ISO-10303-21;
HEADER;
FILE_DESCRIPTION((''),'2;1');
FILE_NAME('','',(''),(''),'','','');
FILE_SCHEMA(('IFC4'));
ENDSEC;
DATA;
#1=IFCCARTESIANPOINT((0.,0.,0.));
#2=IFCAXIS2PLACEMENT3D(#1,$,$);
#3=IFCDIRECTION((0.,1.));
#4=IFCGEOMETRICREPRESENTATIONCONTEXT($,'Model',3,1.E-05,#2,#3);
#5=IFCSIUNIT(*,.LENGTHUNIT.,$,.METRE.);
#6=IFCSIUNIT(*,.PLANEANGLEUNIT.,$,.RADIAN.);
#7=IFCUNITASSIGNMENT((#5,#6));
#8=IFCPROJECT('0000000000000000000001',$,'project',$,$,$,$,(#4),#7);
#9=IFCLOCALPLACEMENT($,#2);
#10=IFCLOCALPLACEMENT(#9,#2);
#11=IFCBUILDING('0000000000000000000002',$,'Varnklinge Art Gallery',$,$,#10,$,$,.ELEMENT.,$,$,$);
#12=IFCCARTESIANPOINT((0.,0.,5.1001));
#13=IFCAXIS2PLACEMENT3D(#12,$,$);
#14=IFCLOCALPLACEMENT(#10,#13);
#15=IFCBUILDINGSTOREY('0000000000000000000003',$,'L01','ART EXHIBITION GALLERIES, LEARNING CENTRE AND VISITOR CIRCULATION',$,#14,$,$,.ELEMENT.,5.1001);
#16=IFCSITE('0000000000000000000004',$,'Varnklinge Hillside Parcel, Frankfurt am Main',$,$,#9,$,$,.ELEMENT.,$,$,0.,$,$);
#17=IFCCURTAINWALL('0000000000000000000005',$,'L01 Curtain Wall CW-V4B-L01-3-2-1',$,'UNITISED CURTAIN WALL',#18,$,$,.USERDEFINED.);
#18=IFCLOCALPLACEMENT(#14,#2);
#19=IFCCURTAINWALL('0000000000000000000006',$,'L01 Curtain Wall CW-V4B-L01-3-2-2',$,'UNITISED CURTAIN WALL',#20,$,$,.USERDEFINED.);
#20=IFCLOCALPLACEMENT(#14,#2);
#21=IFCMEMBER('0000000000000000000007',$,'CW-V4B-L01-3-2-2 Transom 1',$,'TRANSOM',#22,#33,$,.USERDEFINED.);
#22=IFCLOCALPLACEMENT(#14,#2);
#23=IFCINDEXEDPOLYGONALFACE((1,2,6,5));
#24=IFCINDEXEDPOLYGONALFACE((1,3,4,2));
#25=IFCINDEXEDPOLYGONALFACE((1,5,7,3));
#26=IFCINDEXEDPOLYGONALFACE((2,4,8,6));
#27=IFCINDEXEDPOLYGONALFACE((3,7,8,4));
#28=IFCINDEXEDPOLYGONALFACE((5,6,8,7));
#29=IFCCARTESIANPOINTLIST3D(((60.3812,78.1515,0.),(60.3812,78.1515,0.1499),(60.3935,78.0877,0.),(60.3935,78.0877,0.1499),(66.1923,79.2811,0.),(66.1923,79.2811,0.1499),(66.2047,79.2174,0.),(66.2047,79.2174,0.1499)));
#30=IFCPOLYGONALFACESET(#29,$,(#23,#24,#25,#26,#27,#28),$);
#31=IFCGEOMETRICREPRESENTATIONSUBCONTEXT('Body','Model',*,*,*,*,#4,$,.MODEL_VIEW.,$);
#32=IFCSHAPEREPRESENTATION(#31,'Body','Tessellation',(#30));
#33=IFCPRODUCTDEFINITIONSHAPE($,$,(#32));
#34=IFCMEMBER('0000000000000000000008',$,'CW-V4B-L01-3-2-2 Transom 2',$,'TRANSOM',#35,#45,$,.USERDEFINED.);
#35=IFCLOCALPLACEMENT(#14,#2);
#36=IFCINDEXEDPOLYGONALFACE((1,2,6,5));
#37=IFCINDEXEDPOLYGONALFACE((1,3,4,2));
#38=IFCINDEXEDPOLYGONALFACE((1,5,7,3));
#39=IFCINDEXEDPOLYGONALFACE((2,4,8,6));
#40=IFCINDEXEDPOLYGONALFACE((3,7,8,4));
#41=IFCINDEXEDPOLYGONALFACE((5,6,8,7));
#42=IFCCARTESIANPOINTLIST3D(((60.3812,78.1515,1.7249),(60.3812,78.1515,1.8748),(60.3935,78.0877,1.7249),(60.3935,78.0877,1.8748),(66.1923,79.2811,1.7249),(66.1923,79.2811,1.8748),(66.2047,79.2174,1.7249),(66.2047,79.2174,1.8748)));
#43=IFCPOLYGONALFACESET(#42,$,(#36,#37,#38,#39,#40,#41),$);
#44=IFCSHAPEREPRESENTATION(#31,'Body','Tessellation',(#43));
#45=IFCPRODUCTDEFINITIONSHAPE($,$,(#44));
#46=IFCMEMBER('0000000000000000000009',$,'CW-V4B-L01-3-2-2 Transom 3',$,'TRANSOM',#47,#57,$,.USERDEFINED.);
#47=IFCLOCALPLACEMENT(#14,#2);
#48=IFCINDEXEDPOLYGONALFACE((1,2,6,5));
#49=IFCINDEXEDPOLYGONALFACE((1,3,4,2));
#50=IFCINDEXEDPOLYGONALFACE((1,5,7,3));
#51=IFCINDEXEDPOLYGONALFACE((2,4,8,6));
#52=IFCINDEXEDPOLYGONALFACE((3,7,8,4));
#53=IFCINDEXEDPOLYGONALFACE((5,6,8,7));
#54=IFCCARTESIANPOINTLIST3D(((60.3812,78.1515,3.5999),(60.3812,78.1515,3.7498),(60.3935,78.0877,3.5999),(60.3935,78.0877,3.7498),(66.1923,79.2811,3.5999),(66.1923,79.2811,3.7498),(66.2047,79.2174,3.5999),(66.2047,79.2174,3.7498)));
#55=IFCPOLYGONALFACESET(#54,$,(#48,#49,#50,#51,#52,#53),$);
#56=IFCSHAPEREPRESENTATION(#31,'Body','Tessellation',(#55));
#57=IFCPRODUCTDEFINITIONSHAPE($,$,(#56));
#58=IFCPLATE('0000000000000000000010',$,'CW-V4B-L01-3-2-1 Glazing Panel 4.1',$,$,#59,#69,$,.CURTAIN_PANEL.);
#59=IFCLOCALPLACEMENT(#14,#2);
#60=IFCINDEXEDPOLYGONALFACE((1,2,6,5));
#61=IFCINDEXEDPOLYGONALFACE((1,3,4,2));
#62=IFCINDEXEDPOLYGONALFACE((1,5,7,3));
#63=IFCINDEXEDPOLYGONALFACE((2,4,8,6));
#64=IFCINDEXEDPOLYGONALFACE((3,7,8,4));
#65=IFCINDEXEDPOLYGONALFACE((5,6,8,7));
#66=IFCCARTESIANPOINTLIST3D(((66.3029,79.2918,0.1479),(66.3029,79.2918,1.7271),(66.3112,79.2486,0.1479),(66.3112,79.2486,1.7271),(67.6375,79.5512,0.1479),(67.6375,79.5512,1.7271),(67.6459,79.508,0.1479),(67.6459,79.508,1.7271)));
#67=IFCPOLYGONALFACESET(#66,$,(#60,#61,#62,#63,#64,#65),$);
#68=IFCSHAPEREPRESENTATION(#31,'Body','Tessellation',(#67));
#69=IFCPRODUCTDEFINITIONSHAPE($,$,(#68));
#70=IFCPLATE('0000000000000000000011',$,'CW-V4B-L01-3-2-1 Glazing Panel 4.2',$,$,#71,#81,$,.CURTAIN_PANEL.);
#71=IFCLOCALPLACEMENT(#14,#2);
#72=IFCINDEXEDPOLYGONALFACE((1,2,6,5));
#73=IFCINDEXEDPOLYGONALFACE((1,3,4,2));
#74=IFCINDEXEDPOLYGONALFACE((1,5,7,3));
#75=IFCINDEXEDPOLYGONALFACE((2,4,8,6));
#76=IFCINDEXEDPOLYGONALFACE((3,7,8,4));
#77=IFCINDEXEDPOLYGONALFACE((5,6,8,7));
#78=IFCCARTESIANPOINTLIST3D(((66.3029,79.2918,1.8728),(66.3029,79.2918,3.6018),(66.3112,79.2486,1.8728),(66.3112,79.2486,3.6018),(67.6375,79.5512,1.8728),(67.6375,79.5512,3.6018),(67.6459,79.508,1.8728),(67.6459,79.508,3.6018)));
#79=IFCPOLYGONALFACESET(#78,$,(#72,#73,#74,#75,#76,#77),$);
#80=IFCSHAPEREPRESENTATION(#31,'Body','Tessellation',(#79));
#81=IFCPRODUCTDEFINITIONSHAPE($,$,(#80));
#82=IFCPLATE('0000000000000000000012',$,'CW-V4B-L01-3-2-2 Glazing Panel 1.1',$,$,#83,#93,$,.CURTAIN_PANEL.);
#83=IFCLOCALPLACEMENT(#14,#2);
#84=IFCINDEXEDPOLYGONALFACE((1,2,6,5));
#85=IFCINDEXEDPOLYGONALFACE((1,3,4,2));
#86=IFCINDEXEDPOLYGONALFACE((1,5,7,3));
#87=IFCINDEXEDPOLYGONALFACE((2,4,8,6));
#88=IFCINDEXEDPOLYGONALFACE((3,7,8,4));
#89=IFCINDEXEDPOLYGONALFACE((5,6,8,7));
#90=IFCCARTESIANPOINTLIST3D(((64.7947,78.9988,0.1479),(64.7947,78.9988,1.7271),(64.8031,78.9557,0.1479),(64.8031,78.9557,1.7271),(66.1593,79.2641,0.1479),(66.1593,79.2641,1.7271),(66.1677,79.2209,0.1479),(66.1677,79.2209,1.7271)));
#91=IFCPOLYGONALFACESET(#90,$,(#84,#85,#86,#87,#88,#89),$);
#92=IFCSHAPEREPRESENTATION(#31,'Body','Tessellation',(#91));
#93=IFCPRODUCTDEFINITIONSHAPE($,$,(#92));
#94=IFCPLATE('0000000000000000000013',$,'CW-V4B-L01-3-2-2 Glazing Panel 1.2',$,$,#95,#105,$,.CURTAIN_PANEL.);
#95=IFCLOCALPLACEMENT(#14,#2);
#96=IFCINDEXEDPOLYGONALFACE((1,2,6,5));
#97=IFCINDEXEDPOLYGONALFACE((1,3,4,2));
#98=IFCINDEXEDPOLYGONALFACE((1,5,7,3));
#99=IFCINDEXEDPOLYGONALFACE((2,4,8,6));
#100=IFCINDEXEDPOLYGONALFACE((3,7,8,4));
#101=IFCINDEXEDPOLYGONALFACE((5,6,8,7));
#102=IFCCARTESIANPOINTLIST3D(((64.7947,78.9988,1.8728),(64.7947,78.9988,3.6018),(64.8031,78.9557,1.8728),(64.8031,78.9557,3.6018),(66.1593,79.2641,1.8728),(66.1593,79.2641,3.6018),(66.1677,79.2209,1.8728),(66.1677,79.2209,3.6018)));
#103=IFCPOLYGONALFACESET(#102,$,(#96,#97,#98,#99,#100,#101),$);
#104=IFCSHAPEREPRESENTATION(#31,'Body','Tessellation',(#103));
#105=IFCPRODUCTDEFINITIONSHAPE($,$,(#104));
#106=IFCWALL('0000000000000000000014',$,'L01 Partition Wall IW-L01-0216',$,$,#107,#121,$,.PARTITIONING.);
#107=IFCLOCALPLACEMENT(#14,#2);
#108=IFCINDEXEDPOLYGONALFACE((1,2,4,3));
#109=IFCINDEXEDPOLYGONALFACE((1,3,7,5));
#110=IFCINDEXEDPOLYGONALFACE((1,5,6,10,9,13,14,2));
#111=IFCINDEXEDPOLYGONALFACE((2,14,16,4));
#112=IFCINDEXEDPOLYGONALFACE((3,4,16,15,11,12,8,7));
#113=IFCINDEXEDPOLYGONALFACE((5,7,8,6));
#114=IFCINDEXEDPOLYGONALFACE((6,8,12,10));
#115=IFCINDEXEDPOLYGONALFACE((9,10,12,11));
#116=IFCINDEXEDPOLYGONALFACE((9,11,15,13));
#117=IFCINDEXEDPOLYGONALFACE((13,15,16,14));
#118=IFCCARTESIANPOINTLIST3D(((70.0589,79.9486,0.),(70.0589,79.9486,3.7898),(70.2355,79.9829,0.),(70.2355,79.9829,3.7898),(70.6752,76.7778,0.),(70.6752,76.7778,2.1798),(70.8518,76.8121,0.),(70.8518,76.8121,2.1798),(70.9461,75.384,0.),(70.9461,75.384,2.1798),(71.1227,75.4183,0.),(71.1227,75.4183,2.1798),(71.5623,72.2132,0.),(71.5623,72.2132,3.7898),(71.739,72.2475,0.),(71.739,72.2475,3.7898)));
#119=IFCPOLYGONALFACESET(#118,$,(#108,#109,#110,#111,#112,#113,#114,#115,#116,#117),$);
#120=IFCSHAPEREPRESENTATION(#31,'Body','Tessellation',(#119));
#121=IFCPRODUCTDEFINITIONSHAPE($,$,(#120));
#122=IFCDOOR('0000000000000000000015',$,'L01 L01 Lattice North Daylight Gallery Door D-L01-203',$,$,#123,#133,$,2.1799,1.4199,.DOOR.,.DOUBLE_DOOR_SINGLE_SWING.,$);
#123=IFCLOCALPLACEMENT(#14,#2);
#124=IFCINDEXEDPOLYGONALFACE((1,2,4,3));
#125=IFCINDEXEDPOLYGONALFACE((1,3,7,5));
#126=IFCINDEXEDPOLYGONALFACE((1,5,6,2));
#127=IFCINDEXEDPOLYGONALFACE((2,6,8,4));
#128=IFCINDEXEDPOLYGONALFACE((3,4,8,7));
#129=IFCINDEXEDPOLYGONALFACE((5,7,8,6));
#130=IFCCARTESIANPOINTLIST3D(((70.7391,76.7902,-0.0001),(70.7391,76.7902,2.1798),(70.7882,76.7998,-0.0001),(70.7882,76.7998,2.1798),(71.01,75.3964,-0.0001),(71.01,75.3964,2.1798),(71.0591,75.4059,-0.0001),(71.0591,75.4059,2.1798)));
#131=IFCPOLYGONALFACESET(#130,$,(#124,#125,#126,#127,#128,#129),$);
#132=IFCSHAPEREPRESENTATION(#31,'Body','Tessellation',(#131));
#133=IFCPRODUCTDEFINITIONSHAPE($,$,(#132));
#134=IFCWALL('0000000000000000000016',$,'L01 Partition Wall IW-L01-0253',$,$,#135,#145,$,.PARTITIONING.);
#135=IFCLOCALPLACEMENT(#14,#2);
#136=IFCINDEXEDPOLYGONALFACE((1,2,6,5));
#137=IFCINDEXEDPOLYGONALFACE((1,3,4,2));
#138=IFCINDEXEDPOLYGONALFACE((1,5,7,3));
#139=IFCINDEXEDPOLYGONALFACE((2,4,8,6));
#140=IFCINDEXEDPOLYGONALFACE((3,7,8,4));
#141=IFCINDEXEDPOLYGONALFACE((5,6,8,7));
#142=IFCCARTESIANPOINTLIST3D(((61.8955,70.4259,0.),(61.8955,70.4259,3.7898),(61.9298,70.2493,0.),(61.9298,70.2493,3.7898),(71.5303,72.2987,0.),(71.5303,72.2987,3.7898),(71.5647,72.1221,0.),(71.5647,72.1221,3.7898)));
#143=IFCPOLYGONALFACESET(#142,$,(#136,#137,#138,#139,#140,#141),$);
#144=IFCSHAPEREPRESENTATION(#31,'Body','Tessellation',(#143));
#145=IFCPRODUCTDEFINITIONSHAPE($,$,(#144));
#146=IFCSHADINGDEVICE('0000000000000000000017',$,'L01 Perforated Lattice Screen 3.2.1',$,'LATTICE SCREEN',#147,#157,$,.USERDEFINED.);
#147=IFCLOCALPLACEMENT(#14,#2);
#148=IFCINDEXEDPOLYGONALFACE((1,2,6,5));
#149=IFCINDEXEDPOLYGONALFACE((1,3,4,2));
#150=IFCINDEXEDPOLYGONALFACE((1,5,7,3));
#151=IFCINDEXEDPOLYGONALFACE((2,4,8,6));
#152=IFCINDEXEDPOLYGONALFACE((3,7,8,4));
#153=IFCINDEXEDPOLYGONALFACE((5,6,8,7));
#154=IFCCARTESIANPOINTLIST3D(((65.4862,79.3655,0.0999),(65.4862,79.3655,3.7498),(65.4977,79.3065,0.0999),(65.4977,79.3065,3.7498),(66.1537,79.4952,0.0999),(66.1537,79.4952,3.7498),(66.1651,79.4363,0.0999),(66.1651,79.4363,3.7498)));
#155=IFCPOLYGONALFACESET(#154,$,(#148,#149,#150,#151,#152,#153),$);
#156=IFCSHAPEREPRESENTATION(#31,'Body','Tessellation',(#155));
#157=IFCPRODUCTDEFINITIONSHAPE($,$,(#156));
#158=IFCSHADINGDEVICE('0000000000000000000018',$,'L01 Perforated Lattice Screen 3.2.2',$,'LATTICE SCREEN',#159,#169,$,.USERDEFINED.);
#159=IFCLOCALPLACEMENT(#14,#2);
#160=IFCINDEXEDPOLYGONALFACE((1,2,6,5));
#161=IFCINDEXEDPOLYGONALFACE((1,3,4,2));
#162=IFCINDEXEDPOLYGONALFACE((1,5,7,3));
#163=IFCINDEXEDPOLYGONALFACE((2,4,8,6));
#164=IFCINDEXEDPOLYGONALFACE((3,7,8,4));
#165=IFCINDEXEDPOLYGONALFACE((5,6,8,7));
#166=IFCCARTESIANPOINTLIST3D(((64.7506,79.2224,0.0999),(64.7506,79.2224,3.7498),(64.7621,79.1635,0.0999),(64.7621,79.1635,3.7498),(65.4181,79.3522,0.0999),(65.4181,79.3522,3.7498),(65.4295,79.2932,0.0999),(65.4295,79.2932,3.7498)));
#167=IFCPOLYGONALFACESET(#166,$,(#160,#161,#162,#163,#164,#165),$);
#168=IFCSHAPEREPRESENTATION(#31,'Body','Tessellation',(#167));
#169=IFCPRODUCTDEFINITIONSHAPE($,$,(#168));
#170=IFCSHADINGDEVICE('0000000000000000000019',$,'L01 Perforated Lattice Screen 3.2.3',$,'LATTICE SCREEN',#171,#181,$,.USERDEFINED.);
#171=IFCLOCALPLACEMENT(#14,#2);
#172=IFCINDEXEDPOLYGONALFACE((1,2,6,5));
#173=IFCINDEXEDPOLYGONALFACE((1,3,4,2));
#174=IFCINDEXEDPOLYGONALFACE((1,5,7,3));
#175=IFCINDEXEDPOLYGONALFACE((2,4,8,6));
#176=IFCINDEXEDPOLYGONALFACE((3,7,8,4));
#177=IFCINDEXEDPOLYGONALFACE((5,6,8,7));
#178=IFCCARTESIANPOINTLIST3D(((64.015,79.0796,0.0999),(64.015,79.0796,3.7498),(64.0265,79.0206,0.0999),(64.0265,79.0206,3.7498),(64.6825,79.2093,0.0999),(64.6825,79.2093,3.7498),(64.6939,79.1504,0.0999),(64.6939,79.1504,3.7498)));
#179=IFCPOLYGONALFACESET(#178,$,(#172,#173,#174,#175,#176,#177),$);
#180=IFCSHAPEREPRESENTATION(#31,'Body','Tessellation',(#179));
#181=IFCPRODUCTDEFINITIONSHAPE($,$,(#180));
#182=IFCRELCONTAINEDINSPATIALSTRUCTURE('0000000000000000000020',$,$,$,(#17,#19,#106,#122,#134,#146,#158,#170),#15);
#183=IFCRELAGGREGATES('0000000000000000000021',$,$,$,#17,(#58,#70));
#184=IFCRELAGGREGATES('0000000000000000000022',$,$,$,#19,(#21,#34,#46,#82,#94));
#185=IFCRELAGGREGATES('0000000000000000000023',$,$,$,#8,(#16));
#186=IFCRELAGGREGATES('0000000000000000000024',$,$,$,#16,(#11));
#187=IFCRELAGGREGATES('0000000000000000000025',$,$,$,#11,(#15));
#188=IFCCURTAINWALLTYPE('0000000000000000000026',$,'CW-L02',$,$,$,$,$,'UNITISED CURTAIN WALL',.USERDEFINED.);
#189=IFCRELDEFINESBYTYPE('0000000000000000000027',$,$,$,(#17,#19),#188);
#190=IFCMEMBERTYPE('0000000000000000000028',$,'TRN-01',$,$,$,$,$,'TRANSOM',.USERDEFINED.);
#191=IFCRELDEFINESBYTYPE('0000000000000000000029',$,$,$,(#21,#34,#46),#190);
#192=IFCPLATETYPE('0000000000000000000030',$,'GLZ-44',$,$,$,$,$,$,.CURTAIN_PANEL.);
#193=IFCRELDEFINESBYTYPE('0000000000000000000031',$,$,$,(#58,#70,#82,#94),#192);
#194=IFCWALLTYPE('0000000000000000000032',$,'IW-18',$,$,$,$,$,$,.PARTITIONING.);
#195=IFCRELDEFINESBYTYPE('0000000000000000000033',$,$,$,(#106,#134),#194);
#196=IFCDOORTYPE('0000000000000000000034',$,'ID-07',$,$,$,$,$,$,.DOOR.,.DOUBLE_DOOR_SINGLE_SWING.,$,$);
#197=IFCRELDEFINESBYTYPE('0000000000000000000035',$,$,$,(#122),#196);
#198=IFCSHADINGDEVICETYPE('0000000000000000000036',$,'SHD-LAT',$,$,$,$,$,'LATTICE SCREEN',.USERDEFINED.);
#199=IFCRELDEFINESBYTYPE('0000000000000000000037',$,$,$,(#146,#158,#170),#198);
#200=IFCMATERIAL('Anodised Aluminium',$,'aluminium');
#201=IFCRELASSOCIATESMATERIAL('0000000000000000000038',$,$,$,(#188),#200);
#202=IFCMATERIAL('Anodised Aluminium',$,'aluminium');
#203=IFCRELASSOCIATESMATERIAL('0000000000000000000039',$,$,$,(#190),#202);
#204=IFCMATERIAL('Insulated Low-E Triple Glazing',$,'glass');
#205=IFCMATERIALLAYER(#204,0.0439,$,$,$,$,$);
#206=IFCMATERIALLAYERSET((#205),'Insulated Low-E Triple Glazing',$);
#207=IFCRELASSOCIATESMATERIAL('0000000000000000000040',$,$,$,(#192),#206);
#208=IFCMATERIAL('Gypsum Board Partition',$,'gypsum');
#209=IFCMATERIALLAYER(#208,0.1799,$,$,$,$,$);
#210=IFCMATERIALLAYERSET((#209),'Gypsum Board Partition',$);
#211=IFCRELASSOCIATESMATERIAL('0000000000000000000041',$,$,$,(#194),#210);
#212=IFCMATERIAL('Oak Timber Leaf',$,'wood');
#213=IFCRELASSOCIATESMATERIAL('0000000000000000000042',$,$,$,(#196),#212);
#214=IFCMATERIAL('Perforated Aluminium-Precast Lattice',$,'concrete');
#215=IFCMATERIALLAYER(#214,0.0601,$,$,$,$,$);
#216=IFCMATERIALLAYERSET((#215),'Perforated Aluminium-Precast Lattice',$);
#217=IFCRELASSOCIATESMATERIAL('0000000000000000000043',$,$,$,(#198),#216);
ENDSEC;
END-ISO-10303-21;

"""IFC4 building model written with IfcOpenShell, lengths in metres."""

from ifc_helpers import new_model, si_unit, direction, frame, frame_2d, origin, origin_2d, place, context, subcontext, project, spatial, rectangle, extrude, material, layer, layer_set, material_profile, profile_set, type_object, element, fill, aggregate, save


model = new_model("IFC4")

# Units and contexts
model_context = context("Model", 3, precision=1e-05, world=origin(), true_north=direction((0.0, 1.0)))
body_context = subcontext(model_context, "Body", "Model", "MODEL_VIEW")
ifc_project = project(units=[si_unit("LENGTHUNIT", "METRE"), si_unit("PLANEANGLEUNIT", "RADIAN")], contexts=[model_context])

# Site, building, storey
site_placement = place(None, origin())
site = spatial("IfcSite", under=ifc_project, at=site_placement, Name="Varnklinge Hillside Parcel, Frankfurt am Main", CompositionType="ELEMENT", RefElevation=0.0)
building_placement = place(site_placement, origin())
building = spatial("IfcBuilding", under=site, at=building_placement, Name="Varnklinge Art Gallery", CompositionType="ELEMENT")
storey_placement = place(building_placement, frame((0.0, 0.0, 5.1001)))
storey = spatial("IfcBuildingStorey", under=building, at=storey_placement, Name="L01", Description="ART EXHIBITION GALLERIES, LEARNING CENTRE AND VISITOR CIRCULATION", CompositionType="ELEMENT", Elevation=5.1001)

# Curtain wall
ifc_material_1 = material(Name="Anodised Aluminium", Category="aluminium")
curtain_wall_type = type_object("IfcCurtainWallType", Name="CW-L02", ElementType="UNITISED CURTAIN WALL", PredefinedType="USERDEFINED", material=ifc_material_1)
curtain_wall_1_placement = place(storey_placement, origin())
curtain_wall_1 = element("IfcCurtainWall", 1, at=curtain_wall_1_placement, inside=storey, type_object=curtain_wall_type, Name="L01 Curtain Wall CW-V4B-L01-3-2-1", ObjectType="UNITISED CURTAIN WALL", PredefinedType="USERDEFINED")

# Curtain wall, members
curtain_wall_2_placement = place(storey_placement, origin())
curtain_wall_2 = element("IfcCurtainWall", 2, at=curtain_wall_2_placement, inside=storey, type_object=curtain_wall_type, Name="L01 Curtain Wall CW-V4B-L01-3-2-2", ObjectType="UNITISED CURTAIN WALL", PredefinedType="USERDEFINED")
ifc_material_2 = material(Name="Anodised Aluminium", Category="aluminium")
ifc_material_profile_1 = material_profile(ifc_material_2, rectangle(XDim=0.0649, YDim=0.1499, at=origin_2d()), Name="ALU 65x150")
ifc_profile_set_1 = profile_set([ifc_material_profile_1], Name="Anodised Aluminium")
member_type_1 = type_object("IfcMemberType", Name="TRN-01", ElementType="TRANSOM", PredefinedType="USERDEFINED", material=ifc_profile_set_1)
member_1_placement = place(storey_placement, frame((66.1985, 79.2493, 0.075), z_axis=(-0.981624, -0.190823, 0.0), x_axis=(0.190823, -0.981624, 0.0)))
member_1 = element("IfcMember", 3, at=member_1_placement, type_object=member_type_1, Name="CW-V4B-L01-3-2-2 Transom 1", ObjectType="TRANSOM", PredefinedType="USERDEFINED", context=body_context, shape_type="SweptSolid", body=[
    extrude(rectangle(XDim=0.0649, YDim=0.1499, at=origin_2d()), origin(), (0.0, 0.0, 1.0), 5.9199),
])
member_2_placement = place(storey_placement, frame((66.1985, 79.2493, 1.7998), z_axis=(-0.981624, -0.190823, 0.0), x_axis=(0.190823, -0.981624, 0.0)))
member_2 = element("IfcMember", 4, at=member_2_placement, type_object=member_type_1, Name="CW-V4B-L01-3-2-2 Transom 2", ObjectType="TRANSOM", PredefinedType="USERDEFINED", context=body_context, shape_type="SweptSolid", body=[
    extrude(rectangle(XDim=0.0649, YDim=0.1499, at=origin_2d()), origin(), (0.0, 0.0, 1.0), 5.9199),
])
member_3_placement = place(storey_placement, frame((66.1985, 79.2493, 3.6748), z_axis=(-0.981624, -0.190823, 0.0), x_axis=(0.190823, -0.981624, 0.0)))
member_3 = element("IfcMember", 5, at=member_3_placement, type_object=member_type_1, Name="CW-V4B-L01-3-2-2 Transom 3", ObjectType="TRANSOM", PredefinedType="USERDEFINED", context=body_context, shape_type="SweptSolid", body=[
    extrude(rectangle(XDim=0.0649, YDim=0.1499, at=origin_2d()), origin(), (0.0, 0.0, 1.0), 5.9199),
])

# Plates
ifc_material_3 = material(Name="Insulated Low-E Triple Glazing", Category="glass")
ifc_layer_1 = layer(ifc_material_3, 0.0439)
ifc_layer_set_1 = layer_set([ifc_layer_1], Name="Insulated Low-E Triple Glazing")
plate_type = type_object("IfcPlateType", Name="GLZ-44", PredefinedType="CURTAIN_PANEL", material=ifc_layer_set_1)
plate_1_placement = place(storey_placement, frame((66.9744, 79.3999, 0.1479), z_axis=(0.0, 0.0, 1.0), x_axis=(-0.981627, -0.190809, 0.0)))
plate_1 = element("IfcPlate", 6, at=plate_1_placement, type_object=plate_type, Name="CW-V4B-L01-3-2-1 Glazing Panel 4.1", PredefinedType="CURTAIN_PANEL", context=body_context, shape_type="SweptSolid", body=[
    extrude(rectangle(XDim=1.3596, YDim=0.0439, at=origin_2d()), origin(), (0.0, 0.0, 1.0), 1.5791),
])
plate_2_placement = place(storey_placement, frame((66.9744, 79.3999, 1.8728), z_axis=(0.0, 0.0, 1.0), x_axis=(-0.981627, -0.190809, 0.0)))
plate_2 = element("IfcPlate", 7, at=plate_2_placement, type_object=plate_type, Name="CW-V4B-L01-3-2-1 Glazing Panel 4.2", PredefinedType="CURTAIN_PANEL", context=body_context, shape_type="SweptSolid", body=[
    extrude(rectangle(XDim=1.3596, YDim=0.0439, at=origin_2d()), origin(), (0.0, 0.0, 1.0), 1.729),
])
aggregate(curtain_wall_1, [plate_1, plate_2])
plate_3_placement = place(storey_placement, frame((65.4812, 79.1099, 0.1479), z_axis=(0.0, 0.0, 1.0), x_axis=(-0.981627, -0.190809, 0.0)))
plate_3 = element("IfcPlate", 8, at=plate_3_placement, type_object=plate_type, Name="CW-V4B-L01-3-2-2 Glazing Panel 1.1", PredefinedType="CURTAIN_PANEL", context=body_context, shape_type="SweptSolid", body=[
    extrude(rectangle(XDim=1.3901, YDim=0.0439, at=origin_2d()), origin(), (0.0, 0.0, 1.0), 1.5791),
])
plate_4_placement = place(storey_placement, frame((65.4812, 79.1099, 1.8728), z_axis=(0.0, 0.0, 1.0), x_axis=(-0.981627, -0.190809, 0.0)))
plate_4 = element("IfcPlate", 9, at=plate_4_placement, type_object=plate_type, Name="CW-V4B-L01-3-2-2 Glazing Panel 1.2", PredefinedType="CURTAIN_PANEL", context=body_context, shape_type="SweptSolid", body=[
    extrude(rectangle(XDim=1.3901, YDim=0.0439, at=origin_2d()), origin(), (0.0, 0.0, 1.0), 1.729),
])
aggregate(curtain_wall_2, [member_1, member_2, member_3, plate_3, plate_4])

# Wall, opening, door
ifc_material_4 = material(Name="Gypsum Board Partition", Category="gypsum")
ifc_layer_2 = layer(ifc_material_4, 0.1799)
ifc_layer_set_2 = layer_set([ifc_layer_2], Name="Gypsum Board Partition")
wall_type = type_object("IfcWallType", Name="IW-18", PredefinedType="PARTITIONING", material=ifc_layer_set_2)
wall_1_placement = place(storey_placement, frame((71.6506, 72.2305, 0.0), z_axis=(0.0, 0.0, 1.0), x_axis=(-0.190787, 0.981632, 0.0)))
wall_1 = element("IfcWall", 10, at=wall_1_placement, inside=storey, type_object=wall_type, Name="L01 Partition Wall IW-L01-0216", PredefinedType="PARTITIONING", context=body_context, shape_type="SweptSolid", body=[
    extrude(rectangle(XDim=7.8801, YDim=0.1799, at=frame_2d((3.9399, 0.0))), origin(), (0.0, 0.0, 1.0), 3.7898),
])
opening_placement = place(wall_1_placement, frame((3.23, 0.0, 0.0)))
opening = element("IfcOpeningElement", 11, at=opening_placement, cuts=wall_1, PredefinedType="OPENING", context=body_context, shape_type="SweptSolid", body=[
    extrude(rectangle(XDim=1.4199, YDim=2.1799, at=frame_2d((0.71, 1.0898))), frame((0.0, 0.0999, 0.0), z_axis=(0.0, -1.0, 0.0), x_axis=(1.0, 0.0, 0.0)), (0.0, 0.0, 1.0), 0.2),
])
ifc_material_5 = material(Name="Oak Timber Leaf", Category="wood")
door_type = type_object("IfcDoorType", Name="ID-07", OperationType="DOUBLE_DOOR_SINGLE_SWING", PredefinedType="DOOR", material=ifc_material_5)
door_placement = place(opening_placement, origin())
door = element("IfcDoor", 12, at=door_placement, inside=storey, type_object=door_type, Name="L01 L01 Lattice North Daylight Gallery Door D-L01-203", OperationType="DOUBLE_DOOR_SINGLE_SWING", OverallHeight=2.1799, OverallWidth=1.4199, PredefinedType="DOOR", context=body_context, shape_type="SweptSolid", body=[
    extrude(rectangle(XDim=1.4199, YDim=2.1799, at=frame_2d((0.71, 1.0898))), frame((0.0, 0.0249, 0.0), z_axis=(0.0, -1.0, 0.0), x_axis=(1.0, 0.0, 0.0)), (0.0, 0.0, 1.0), 0.05),
])
fill(opening, door)

# Wall
wall_2_placement = place(storey_placement, frame((71.5476, 72.2104, 0.0), z_axis=(0.0, 0.0, 1.0), x_axis=(-0.981627, -0.190808, 0.0)))
element("IfcWall", 13, at=wall_2_placement, inside=storey, type_object=wall_type, Name="L01 Partition Wall IW-L01-0253", PredefinedType="PARTITIONING", context=body_context, shape_type="SweptSolid", body=[
    extrude(rectangle(XDim=9.8152, YDim=0.1799, at=frame_2d((4.9077, 0.0))), origin(), (0.0, 0.0, 1.0), 3.7898),
])

# Shading devices
ifc_material_6 = material(Name="Perforated Aluminium-Precast Lattice", Category="concrete")
ifc_layer_3 = layer(ifc_material_6, 0.0601)
ifc_layer_set_3 = layer_set([ifc_layer_3], Name="Perforated Aluminium-Precast Lattice")
shading_device_type = type_object("IfcShadingDeviceType", Name="SHD-LAT", ElementType="LATTICE SCREEN", PredefinedType="USERDEFINED", material=ifc_layer_set_3)
for number, where, z_axis, x_axis, name in (
    (14, (65.8257, 79.4009, 0.0999), (0.0, 0.0, 1.0), (-0.981627, -0.190809, 0.0), "L01 Perforated Lattice Screen 3.2.1"),
    (15, (65.0901, 79.2578, 0.0999), (0.0, 0.0, 1.0), (-0.981627, -0.190809, 0.0), "L01 Perforated Lattice Screen 3.2.2"),
    (16, (64.3545, 79.115, 0.0999), (0.0, 0.0, 1.0), (-0.981627, -0.190809, 0.0), "L01 Perforated Lattice Screen 3.2.3"),
):
    element("IfcShadingDevice", number, at=place(storey_placement, frame(where, z_axis=z_axis, x_axis=x_axis)), inside=storey, type_object=shading_device_type, Name=name, ObjectType="LATTICE SCREEN", PredefinedType="USERDEFINED", context=body_context, shape_type="SweptSolid", body=[
        extrude(rectangle(XDim=0.6799, YDim=0.0601, at=origin_2d()), origin(), (0.0, 0.0, 1.0), 3.6499),
    ])

save(model, "model.ifc")
